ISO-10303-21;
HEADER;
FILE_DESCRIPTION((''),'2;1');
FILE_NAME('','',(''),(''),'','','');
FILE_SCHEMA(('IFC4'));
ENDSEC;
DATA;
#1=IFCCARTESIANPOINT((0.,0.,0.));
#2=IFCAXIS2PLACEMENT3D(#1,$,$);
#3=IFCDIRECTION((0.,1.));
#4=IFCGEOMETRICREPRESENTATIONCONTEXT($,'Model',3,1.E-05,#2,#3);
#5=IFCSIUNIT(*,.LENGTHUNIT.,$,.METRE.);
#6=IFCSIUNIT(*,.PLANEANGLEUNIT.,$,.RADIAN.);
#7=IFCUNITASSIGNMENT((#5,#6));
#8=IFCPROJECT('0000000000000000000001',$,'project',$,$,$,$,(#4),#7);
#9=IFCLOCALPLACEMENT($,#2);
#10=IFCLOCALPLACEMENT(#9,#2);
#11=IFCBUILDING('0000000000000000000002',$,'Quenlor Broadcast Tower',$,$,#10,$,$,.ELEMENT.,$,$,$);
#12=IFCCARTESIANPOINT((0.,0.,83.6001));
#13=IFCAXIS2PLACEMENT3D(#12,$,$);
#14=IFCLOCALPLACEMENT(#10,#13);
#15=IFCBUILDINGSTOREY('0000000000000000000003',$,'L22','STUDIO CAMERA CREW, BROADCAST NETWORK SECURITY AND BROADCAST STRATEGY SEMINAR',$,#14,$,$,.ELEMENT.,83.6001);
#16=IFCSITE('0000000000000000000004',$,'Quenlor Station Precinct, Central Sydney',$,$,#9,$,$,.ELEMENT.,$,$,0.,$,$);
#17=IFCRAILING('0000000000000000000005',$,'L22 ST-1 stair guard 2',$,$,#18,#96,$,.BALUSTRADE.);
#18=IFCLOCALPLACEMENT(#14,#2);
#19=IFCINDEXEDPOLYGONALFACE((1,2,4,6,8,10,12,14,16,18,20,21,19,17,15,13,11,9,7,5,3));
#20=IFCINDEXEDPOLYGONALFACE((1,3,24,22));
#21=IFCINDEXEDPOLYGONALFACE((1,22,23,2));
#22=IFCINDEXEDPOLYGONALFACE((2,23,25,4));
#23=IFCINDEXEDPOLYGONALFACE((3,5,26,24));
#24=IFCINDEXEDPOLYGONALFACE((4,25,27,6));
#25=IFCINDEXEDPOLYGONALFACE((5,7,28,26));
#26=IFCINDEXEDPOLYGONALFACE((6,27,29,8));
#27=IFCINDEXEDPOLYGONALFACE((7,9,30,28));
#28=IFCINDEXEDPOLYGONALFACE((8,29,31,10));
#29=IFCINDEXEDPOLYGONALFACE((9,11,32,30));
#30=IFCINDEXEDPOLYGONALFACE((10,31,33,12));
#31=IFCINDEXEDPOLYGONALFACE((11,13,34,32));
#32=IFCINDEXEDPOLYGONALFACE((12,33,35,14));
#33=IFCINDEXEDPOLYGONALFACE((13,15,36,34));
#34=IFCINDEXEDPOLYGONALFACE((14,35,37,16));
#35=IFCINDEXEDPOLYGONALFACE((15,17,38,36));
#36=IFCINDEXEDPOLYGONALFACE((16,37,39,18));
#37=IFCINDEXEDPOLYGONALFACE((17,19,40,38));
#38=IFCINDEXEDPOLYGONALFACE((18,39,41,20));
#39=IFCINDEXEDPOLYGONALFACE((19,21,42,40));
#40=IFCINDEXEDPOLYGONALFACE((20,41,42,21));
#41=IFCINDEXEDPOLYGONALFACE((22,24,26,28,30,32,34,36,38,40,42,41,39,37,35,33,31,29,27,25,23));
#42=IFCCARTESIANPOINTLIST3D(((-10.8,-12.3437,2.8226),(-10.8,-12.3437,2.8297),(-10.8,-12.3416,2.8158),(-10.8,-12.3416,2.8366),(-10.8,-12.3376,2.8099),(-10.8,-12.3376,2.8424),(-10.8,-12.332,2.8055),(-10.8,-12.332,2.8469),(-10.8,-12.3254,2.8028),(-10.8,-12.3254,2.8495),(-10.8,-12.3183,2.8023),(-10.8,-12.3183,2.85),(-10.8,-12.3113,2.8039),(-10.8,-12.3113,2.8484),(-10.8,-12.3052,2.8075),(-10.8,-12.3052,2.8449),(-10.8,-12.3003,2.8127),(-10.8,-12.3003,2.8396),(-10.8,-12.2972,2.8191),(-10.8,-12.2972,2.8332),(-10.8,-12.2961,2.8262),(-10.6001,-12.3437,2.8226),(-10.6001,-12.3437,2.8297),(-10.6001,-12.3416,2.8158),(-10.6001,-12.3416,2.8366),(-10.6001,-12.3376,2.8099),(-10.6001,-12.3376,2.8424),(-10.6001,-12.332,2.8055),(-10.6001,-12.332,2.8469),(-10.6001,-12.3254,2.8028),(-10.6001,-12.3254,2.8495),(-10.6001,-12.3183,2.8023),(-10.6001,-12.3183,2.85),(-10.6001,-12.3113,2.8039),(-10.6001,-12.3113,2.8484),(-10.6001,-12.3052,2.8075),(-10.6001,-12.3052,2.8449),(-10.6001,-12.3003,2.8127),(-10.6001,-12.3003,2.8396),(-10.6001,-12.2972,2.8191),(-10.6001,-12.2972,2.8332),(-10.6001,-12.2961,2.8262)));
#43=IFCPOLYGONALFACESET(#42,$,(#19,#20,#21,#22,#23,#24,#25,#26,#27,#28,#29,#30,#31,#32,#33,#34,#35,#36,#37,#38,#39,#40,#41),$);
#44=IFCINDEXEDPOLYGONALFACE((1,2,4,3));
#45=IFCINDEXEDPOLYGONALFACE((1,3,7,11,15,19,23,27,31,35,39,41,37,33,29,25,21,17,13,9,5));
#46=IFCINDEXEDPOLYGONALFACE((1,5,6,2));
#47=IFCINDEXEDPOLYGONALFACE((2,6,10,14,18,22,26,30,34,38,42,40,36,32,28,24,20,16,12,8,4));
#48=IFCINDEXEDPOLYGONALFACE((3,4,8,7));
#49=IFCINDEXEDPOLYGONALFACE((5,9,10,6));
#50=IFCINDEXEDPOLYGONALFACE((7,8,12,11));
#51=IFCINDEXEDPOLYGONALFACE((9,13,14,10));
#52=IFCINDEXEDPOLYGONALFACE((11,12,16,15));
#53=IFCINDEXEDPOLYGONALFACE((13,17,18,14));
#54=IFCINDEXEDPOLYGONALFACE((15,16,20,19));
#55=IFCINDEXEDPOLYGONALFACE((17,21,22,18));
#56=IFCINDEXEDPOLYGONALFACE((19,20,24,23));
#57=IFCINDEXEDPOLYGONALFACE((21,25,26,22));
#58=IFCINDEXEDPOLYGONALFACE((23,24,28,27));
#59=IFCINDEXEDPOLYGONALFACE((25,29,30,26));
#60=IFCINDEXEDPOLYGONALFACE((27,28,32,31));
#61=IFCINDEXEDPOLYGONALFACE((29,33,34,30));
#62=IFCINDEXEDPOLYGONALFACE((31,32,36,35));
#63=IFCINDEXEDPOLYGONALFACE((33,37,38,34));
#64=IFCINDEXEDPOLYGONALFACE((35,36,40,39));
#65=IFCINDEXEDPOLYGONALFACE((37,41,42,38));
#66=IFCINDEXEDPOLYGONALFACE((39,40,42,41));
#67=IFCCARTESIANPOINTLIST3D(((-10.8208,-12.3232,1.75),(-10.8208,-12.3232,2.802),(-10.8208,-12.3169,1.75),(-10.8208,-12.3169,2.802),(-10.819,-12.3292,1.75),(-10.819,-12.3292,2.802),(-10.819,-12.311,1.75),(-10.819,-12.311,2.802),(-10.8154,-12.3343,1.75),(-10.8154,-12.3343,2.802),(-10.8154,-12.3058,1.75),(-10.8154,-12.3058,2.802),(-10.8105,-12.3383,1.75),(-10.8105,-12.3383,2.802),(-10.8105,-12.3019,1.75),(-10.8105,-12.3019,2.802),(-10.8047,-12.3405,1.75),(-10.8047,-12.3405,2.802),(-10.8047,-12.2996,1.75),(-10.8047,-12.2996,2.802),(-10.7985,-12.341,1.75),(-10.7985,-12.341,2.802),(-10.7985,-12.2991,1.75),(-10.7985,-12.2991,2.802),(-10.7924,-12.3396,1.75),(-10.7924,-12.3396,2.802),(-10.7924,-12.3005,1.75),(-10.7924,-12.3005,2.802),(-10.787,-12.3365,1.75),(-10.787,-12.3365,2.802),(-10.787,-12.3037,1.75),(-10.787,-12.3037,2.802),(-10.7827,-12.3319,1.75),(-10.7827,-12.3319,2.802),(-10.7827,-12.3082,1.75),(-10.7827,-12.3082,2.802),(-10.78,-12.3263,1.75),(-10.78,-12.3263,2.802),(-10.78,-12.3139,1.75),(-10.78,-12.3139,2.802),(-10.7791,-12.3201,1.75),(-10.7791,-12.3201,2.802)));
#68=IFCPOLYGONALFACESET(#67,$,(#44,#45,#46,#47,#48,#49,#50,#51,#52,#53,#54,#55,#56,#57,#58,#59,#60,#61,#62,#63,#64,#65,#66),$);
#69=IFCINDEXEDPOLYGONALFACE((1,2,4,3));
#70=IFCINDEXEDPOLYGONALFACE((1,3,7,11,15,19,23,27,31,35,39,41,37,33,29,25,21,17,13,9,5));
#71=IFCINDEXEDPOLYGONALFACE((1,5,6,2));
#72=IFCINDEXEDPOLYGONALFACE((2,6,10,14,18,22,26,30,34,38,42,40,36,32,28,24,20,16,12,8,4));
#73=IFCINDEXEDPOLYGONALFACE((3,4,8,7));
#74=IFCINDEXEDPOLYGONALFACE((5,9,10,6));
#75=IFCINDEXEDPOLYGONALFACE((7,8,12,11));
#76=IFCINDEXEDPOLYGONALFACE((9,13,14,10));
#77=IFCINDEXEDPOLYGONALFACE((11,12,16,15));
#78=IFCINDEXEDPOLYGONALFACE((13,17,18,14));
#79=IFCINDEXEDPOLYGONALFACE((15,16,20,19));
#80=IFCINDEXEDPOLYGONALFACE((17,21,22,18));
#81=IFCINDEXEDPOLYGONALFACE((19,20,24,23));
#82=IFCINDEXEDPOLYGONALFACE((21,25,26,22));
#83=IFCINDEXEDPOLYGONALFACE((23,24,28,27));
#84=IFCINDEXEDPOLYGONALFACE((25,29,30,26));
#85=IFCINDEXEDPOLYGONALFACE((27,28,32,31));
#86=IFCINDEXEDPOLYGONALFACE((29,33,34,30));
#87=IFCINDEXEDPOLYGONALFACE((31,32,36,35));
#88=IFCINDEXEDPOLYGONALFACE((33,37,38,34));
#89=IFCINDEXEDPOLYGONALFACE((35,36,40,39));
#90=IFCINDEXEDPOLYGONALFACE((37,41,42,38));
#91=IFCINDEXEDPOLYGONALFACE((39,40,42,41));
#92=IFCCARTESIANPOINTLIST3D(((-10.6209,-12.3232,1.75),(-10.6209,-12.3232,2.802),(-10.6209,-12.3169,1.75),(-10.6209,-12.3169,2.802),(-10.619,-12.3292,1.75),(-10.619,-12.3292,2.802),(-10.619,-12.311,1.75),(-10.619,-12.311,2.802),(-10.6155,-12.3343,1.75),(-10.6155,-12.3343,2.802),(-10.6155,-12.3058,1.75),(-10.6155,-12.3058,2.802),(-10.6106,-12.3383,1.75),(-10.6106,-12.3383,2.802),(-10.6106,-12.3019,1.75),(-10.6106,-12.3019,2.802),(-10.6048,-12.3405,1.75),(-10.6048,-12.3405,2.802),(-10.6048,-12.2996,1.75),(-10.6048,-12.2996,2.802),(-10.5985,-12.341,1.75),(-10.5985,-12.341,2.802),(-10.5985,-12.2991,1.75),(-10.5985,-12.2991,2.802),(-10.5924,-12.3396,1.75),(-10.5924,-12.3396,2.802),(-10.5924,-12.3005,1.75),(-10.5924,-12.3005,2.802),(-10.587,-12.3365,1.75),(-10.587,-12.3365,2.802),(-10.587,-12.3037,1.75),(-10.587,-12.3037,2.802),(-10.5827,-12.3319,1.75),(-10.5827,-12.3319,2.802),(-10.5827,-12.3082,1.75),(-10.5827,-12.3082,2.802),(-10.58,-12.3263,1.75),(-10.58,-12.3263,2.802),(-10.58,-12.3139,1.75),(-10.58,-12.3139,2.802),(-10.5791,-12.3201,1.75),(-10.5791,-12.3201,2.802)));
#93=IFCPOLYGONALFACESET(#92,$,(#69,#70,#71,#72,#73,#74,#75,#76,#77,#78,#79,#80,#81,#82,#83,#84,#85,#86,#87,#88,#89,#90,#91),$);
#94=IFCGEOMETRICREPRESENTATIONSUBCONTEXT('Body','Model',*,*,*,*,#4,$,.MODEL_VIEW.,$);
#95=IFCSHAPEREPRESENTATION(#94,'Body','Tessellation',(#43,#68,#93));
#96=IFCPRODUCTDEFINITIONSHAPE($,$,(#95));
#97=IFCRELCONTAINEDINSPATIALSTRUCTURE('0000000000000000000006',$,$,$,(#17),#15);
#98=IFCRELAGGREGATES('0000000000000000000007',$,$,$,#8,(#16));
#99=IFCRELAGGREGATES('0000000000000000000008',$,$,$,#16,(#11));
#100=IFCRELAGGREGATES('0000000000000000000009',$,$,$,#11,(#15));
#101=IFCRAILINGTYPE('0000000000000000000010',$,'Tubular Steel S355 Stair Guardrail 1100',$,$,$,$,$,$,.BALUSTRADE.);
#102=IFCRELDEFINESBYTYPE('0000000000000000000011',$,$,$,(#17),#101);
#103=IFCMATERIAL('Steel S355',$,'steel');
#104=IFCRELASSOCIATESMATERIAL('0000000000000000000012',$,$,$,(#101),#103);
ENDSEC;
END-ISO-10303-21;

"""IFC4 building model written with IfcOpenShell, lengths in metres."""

from ifc_helpers import new_model, si_unit, direction, frame, origin, origin_2d, place, context, subcontext, project, spatial, circle, extrude, material, type_object, element, save


model = new_model("IFC4")

# Units and contexts
model_context = context("Model", 3, precision=1e-05, world=origin(), true_north=direction((0.0, 1.0)))
body_context = subcontext(model_context, "Body", "Model", "MODEL_VIEW")
ifc_project = project(units=[si_unit("LENGTHUNIT", "METRE"), si_unit("PLANEANGLEUNIT", "RADIAN")], contexts=[model_context])

# Site, building, storey
site_placement = place(None, origin())
site = spatial("IfcSite", under=ifc_project, at=site_placement, Name="Quenlor Station Precinct, Central Sydney", CompositionType="ELEMENT", RefElevation=0.0)
building_placement = place(site_placement, origin())
building = spatial("IfcBuilding", under=site, at=building_placement, Name="Quenlor Broadcast Tower", CompositionType="ELEMENT")
storey_placement = place(building_placement, frame((0.0, 0.0, 83.6001)))
storey = spatial("IfcBuildingStorey", under=building, at=storey_placement, Name="L22", Description="STUDIO CAMERA CREW, BROADCAST NETWORK SECURITY AND BROADCAST STRATEGY SEMINAR", CompositionType="ELEMENT", Elevation=83.6001)

# Railing
ifc_material_1 = material(Name="Steel S355", Category="steel")
railing_type_1 = type_object("IfcRailingType", Name="Tubular Steel S355 Stair Guardrail 1100", PredefinedType="BALUSTRADE", material=ifc_material_1)
railing_1_placement = place(storey_placement, frame((-10.8, -12.3201, 1.75)))
element("IfcRailing", 1, at=railing_1_placement, inside=storey, type_object=railing_type_1, Name="L22 ST-1 stair guard 2", PredefinedType="BALUSTRADE", context=body_context, shape_type="SweptSolid", body=[
    extrude(circle(Radius=0.0239, at=origin_2d()), frame((0.0, 0.0, 1.0762), z_axis=(1.0, 0.0, 0.0), x_axis=(0.0, 1.0, 0.0)), (0.0, 0.0, 1.0), 0.2),
    extrude(circle(Radius=0.021, at=origin_2d()), origin(), (0.0, 0.0, 1.0), 1.052),
    extrude(circle(Radius=0.021, at=origin_2d()), frame((0.2, 0.0, 0.0)), (0.0, 0.0, 1.0), 1.052),
])

save(model, "model.ifc")
